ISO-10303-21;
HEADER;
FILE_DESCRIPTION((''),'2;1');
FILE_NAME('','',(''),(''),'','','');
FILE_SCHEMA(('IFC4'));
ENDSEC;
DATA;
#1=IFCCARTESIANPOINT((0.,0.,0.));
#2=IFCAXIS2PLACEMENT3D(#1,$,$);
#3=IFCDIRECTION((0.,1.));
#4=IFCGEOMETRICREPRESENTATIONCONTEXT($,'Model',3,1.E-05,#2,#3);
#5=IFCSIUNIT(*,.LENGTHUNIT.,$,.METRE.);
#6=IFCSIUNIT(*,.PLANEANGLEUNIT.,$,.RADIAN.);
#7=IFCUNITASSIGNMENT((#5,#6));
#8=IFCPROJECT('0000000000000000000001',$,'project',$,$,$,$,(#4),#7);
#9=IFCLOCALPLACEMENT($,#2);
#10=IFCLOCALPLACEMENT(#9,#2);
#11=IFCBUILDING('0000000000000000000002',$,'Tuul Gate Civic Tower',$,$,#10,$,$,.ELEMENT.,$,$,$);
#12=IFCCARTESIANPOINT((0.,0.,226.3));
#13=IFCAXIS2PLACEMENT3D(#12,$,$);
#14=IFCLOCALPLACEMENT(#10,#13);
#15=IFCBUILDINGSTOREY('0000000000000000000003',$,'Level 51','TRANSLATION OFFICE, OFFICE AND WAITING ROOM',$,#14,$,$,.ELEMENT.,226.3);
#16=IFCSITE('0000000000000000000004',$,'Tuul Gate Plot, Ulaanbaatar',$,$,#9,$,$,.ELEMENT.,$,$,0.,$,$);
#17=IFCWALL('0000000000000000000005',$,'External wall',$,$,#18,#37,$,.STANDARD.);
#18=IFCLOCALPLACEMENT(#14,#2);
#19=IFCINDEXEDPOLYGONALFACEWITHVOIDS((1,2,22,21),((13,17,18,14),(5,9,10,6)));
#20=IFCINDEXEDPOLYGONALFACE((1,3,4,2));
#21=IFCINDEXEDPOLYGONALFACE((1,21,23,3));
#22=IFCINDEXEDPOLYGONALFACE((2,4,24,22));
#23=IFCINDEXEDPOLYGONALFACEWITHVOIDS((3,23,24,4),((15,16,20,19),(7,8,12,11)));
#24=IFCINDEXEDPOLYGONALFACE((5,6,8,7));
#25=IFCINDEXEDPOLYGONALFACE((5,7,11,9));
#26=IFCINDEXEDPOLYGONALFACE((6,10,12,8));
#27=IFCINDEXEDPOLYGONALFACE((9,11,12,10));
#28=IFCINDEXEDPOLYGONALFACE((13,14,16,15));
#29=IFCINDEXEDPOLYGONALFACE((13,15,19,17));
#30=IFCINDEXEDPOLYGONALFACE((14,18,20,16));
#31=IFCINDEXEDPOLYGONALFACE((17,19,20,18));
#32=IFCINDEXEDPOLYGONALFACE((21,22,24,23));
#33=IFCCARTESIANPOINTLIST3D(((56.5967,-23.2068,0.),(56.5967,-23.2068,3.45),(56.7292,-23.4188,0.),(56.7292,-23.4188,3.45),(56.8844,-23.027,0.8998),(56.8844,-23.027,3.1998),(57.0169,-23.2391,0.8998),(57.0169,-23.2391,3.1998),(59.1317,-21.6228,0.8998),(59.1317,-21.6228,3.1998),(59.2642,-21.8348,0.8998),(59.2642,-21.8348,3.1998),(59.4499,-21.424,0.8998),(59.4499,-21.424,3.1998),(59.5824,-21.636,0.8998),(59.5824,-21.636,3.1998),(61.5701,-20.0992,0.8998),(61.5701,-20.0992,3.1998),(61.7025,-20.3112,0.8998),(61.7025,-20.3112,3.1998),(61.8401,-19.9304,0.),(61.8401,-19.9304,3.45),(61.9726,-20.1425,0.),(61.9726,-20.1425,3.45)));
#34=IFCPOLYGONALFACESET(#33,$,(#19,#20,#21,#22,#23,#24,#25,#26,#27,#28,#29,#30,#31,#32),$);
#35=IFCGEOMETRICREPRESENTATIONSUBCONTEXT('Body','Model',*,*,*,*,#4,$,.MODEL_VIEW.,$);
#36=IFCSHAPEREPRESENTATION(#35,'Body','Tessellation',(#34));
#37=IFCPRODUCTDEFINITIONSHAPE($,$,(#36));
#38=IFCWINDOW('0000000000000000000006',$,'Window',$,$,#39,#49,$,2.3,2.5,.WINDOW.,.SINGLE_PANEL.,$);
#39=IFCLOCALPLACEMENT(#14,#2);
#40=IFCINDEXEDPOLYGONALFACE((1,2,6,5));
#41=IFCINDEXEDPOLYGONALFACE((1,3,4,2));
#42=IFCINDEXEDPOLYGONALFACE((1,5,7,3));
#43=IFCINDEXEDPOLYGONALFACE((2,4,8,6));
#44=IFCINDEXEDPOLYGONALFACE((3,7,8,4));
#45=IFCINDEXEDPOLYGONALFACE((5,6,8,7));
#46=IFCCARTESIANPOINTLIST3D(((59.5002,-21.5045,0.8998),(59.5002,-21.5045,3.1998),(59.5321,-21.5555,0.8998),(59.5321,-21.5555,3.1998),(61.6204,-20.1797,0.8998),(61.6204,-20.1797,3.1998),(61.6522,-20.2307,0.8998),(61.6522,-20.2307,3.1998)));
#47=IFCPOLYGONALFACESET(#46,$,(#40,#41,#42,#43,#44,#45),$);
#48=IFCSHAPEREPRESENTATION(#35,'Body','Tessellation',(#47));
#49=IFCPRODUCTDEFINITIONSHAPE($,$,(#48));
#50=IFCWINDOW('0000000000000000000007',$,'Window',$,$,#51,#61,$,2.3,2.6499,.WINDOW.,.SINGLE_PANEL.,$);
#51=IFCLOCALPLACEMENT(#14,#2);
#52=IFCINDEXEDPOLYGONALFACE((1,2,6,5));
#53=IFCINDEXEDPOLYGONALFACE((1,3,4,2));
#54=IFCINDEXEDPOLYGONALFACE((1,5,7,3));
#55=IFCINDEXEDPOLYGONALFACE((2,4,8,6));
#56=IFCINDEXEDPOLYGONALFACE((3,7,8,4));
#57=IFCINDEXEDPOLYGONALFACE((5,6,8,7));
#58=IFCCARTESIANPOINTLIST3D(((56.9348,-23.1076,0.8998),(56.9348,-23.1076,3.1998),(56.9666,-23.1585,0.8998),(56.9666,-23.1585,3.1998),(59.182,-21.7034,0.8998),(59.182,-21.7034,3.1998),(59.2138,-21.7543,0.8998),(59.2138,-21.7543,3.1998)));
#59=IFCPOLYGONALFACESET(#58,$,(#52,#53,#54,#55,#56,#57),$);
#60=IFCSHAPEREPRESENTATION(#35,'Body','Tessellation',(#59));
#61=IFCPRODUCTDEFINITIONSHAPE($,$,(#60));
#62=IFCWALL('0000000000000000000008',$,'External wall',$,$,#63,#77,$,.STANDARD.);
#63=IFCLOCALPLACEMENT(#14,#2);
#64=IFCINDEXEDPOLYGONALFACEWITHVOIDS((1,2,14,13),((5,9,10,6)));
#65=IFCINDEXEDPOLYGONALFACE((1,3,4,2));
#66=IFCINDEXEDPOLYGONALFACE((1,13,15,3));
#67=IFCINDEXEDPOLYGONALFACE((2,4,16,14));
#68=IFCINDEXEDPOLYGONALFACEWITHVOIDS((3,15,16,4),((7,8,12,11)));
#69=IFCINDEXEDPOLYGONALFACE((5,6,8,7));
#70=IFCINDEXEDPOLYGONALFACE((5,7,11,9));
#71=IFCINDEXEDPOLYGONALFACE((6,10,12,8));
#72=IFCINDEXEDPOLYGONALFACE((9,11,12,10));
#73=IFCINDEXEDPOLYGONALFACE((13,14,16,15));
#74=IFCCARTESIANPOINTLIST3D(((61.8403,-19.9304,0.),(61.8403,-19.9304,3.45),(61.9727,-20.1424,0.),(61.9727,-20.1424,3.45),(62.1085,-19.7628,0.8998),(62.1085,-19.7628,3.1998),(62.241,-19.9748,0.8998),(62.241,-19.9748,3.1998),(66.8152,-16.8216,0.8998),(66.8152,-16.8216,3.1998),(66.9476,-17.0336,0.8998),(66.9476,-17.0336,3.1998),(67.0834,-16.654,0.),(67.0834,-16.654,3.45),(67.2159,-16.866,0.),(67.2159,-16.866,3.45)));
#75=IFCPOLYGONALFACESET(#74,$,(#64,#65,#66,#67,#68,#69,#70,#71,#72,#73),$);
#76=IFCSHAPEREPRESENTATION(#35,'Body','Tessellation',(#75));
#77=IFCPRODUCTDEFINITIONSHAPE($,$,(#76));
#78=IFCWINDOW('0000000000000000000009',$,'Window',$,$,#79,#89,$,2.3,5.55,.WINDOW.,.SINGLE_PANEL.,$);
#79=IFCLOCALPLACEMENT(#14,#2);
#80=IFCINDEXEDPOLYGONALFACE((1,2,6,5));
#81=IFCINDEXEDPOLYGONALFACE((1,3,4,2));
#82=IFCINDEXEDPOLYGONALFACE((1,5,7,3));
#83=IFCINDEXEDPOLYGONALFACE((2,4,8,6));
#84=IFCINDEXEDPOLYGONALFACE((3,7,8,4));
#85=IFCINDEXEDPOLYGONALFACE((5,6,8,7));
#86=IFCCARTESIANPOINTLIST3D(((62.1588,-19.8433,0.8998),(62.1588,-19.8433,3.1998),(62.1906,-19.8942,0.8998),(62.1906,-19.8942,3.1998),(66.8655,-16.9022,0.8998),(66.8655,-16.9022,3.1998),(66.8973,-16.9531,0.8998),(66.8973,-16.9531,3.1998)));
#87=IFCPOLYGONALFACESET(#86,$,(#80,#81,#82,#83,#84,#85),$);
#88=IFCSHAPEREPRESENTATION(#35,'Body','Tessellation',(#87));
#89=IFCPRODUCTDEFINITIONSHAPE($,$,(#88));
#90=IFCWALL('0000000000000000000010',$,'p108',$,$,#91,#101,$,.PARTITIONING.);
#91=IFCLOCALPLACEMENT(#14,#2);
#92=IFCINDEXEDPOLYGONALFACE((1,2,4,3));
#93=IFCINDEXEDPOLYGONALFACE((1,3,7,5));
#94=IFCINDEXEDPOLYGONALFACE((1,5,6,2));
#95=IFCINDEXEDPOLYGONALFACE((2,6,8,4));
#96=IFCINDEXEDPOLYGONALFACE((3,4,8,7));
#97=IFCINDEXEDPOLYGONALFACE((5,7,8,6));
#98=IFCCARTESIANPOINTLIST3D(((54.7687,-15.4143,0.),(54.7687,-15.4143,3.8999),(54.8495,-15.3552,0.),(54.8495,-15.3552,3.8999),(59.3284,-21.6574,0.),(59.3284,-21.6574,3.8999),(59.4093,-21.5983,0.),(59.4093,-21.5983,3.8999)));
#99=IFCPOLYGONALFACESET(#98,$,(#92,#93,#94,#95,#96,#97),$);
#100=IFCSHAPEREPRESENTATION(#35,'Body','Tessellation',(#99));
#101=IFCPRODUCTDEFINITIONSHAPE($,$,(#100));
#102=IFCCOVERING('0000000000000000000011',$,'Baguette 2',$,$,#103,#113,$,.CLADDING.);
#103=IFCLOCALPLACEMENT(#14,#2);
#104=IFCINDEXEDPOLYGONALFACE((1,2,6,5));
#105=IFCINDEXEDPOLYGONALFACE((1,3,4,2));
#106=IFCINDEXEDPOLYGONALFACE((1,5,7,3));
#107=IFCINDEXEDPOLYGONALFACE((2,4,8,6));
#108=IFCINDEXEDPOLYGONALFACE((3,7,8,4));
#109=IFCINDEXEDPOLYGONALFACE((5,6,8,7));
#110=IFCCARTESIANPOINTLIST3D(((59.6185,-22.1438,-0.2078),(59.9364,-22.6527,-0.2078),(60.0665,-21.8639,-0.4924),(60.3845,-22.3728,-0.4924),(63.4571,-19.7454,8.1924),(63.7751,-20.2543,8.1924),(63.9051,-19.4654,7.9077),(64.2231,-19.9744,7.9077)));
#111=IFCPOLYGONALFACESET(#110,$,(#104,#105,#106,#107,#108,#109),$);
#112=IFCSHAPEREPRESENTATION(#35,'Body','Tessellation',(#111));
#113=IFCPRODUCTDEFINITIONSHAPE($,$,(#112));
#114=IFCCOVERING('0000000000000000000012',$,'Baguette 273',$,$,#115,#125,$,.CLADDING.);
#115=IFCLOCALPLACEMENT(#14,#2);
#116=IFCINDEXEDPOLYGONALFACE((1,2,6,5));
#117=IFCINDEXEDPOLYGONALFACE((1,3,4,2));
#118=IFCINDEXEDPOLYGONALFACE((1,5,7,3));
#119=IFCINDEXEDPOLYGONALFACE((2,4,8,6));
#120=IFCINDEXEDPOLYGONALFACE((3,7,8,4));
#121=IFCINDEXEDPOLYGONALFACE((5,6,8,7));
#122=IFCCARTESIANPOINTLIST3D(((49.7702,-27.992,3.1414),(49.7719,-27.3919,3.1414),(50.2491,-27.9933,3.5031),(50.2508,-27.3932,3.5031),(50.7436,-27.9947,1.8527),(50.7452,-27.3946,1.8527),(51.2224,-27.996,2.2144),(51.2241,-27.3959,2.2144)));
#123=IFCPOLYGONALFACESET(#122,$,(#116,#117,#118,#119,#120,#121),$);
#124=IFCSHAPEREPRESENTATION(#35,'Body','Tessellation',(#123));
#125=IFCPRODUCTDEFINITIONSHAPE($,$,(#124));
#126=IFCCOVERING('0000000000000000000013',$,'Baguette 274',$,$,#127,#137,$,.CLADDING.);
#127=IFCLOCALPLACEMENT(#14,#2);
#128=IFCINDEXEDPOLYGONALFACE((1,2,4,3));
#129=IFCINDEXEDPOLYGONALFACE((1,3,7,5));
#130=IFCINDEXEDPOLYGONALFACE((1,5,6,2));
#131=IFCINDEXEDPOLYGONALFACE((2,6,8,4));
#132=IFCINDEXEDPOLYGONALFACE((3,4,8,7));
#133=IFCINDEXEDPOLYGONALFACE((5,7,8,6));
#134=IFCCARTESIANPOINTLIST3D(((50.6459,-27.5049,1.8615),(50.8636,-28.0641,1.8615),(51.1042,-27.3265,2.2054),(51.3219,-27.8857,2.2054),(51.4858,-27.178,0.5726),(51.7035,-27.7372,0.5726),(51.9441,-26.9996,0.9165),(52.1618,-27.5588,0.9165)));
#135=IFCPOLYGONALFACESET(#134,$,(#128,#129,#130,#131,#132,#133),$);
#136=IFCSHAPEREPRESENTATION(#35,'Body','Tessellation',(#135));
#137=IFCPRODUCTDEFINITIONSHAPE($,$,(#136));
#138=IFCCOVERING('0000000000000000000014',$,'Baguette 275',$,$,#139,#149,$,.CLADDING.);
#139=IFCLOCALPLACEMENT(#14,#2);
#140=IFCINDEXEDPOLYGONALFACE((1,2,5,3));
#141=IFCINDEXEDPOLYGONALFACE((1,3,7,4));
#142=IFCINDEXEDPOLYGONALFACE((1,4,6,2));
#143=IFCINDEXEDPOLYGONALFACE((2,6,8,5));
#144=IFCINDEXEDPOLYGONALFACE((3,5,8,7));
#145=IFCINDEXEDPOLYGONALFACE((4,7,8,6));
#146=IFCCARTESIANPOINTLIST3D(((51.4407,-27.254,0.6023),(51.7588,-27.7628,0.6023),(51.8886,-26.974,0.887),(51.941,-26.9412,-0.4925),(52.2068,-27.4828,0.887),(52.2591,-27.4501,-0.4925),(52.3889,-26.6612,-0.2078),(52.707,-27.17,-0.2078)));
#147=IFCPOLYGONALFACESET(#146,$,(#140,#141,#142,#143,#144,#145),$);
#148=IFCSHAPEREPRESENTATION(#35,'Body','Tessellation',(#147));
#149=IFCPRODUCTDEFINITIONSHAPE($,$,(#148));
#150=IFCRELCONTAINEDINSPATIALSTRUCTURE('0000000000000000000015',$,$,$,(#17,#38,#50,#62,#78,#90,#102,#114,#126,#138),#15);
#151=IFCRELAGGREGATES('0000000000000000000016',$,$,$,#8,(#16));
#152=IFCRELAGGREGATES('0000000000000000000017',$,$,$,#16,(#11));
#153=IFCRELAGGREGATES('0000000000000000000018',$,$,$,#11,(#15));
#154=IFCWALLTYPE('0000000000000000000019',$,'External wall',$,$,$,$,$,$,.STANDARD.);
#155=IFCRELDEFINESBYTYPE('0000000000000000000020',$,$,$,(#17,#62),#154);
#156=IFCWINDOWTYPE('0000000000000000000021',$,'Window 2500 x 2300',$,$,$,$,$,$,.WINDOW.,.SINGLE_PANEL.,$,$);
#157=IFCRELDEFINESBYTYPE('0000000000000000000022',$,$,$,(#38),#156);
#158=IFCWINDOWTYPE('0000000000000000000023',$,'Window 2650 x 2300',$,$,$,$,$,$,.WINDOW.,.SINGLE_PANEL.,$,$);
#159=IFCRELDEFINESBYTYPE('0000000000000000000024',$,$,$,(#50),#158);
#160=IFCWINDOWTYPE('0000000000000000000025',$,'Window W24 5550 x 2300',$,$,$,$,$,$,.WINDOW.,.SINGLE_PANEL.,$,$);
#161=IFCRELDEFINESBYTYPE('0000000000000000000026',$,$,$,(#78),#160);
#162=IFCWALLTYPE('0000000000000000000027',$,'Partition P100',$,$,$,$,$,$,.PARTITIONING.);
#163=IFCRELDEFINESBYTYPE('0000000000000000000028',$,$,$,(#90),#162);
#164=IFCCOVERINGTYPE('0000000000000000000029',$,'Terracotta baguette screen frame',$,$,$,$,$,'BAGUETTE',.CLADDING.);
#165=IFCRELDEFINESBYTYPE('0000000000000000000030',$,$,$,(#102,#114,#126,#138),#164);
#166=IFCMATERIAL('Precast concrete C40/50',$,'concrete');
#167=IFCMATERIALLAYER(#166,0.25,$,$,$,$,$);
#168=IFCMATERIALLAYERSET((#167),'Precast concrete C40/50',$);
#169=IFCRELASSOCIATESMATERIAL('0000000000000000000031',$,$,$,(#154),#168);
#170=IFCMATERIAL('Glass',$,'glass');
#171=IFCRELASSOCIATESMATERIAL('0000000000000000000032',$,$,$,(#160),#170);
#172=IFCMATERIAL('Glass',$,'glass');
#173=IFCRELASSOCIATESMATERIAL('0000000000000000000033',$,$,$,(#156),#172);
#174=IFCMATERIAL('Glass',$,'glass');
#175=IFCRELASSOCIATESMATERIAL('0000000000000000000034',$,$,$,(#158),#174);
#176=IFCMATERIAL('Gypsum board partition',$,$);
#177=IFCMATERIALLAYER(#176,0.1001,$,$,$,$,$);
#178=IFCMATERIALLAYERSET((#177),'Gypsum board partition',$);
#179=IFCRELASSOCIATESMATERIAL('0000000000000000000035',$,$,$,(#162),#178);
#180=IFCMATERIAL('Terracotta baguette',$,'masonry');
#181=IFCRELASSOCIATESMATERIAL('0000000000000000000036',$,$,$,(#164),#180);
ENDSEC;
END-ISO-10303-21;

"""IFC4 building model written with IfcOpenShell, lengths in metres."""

from ifc_helpers import new_model, si_unit, direction, frame, frame_2d, origin, origin_2d, place, context, subcontext, project, spatial, rectangle, extrude, material, layer, layer_set, material_profile, profile_set, type_object, element, fill, save


model = new_model("IFC4")

# Units and contexts
model_context = context("Model", 3, precision=1e-05, world=origin(), true_north=direction((0.0, 1.0)))
body_context = subcontext(model_context, "Body", "Model", "MODEL_VIEW")
ifc_project = project(units=[si_unit("LENGTHUNIT", "METRE"), si_unit("PLANEANGLEUNIT", "RADIAN")], contexts=[model_context])

# Site, building, storey
site_placement = place(None, origin())
site = spatial("IfcSite", under=ifc_project, at=site_placement, Name="Tuul Gate Plot, Ulaanbaatar", CompositionType="ELEMENT", RefElevation=0.0)
building_placement = place(site_placement, origin())
building = spatial("IfcBuilding", under=site, at=building_placement, Name="Tuul Gate Civic Tower", CompositionType="ELEMENT")
storey_placement = place(building_placement, frame((0.0, 0.0, 226.3)))
storey = spatial("IfcBuildingStorey", under=building, at=storey_placement, Name="Level 51", Description="TRANSLATION OFFICE, OFFICE AND WAITING ROOM", CompositionType="ELEMENT", Elevation=226.3)

# Shared definitions
ifc_material_1 = material(Name="Precast concrete C40/50", Category="concrete")
ifc_layer_1 = layer(ifc_material_1, 0.25)
ifc_layer_set_1 = layer_set([ifc_layer_1], Name="Precast concrete C40/50")
wall_type_1 = type_object("IfcWallType", Name="External wall", PredefinedType="STANDARD", material=ifc_layer_set_1)

# Shared definitions
ifc_material_2 = material(Name="Glass", Category="glass")
window_type_1 = type_object("IfcWindowType", Name="Window W24 5550 x 2300", PartitioningType="SINGLE_PANEL", PredefinedType="WINDOW", material=ifc_material_2)

# Wall, openings, windows
wall_1_placement = place(storey_placement, frame((56.6631, -23.3127, 0.0), z_axis=(0.0, 0.0, 1.0), x_axis=(0.848054, 0.52991, 0.0)))
wall_1 = element("IfcWall", 1, at=wall_1_placement, inside=storey, type_object=wall_type_1, Name="External wall", PredefinedType="STANDARD", context=body_context, shape_type="SweptSolid", body=[
    extrude(rectangle(XDim=6.1829, YDim=0.25, at=frame_2d((3.0913, 0.0))), origin(), (0.0, 0.0, 1.0), 3.45),
])
opening_1_placement = place(wall_1_placement, frame((0.3391, 0.0, 0.8999)))
opening_1 = element("IfcOpeningElement", 2, at=opening_1_placement, cuts=wall_1, PredefinedType="OPENING", context=body_context, shape_type="SweptSolid", body=[
    extrude(rectangle(XDim=2.6499, YDim=2.3, at=frame_2d((1.325, 1.1499))), frame((0.0, 0.135, 0.0), z_axis=(0.0, -1.0, 0.0), x_axis=(1.0, 0.0, 0.0)), (0.0, 0.0, 1.0), 0.27),
])
opening_2_placement = place(wall_1_placement, frame((3.3643, 0.0, 0.8999)))
opening_2 = element("IfcOpeningElement", 3, at=opening_2_placement, cuts=wall_1, PredefinedType="OPENING", context=body_context, shape_type="SweptSolid", body=[
    extrude(rectangle(XDim=2.5, YDim=2.3, at=frame_2d((1.25, 1.1499))), frame((0.0, 0.135, 0.0), z_axis=(0.0, -1.0, 0.0), x_axis=(1.0, 0.0, 0.0)), (0.0, 0.0, 1.0), 0.27),
])
ifc_material_3 = material(Name="Glass", Category="glass")
window_type_2 = type_object("IfcWindowType", Name="Window 2500 x 2300", PartitioningType="SINGLE_PANEL", PredefinedType="WINDOW", material=ifc_material_3)
window_1_placement = place(opening_2_placement, origin())
window_1 = element("IfcWindow", 4, at=window_1_placement, inside=storey, type_object=window_type_2, Name="Window", OverallHeight=2.3, OverallWidth=2.5, PartitioningType="SINGLE_PANEL", PredefinedType="WINDOW", context=body_context, shape_type="SweptSolid", body=[
    extrude(rectangle(XDim=2.5, YDim=2.3, at=frame_2d((1.25, 1.1499))), frame((0.0, 0.03, 0.0), z_axis=(0.0, -1.0, 0.0), x_axis=(1.0, 0.0, 0.0)), (0.0, 0.0, 1.0), 0.0601),
])
fill(opening_2, window_1)
ifc_material_4 = material(Name="Glass", Category="glass")
window_type_3 = type_object("IfcWindowType", Name="Window 2650 x 2300", PartitioningType="SINGLE_PANEL", PredefinedType="WINDOW", material=ifc_material_4)
window_2_placement = place(opening_1_placement, origin())
window_2 = element("IfcWindow", 5, at=window_2_placement, inside=storey, type_object=window_type_3, Name="Window", OverallHeight=2.3, OverallWidth=2.6499, PartitioningType="SINGLE_PANEL", PredefinedType="WINDOW", context=body_context, shape_type="SweptSolid", body=[
    extrude(rectangle(XDim=2.6499, YDim=2.3, at=frame_2d((1.325, 1.1499))), frame((0.0, 0.03, 0.0), z_axis=(0.0, -1.0, 0.0), x_axis=(1.0, 0.0, 0.0)), (0.0, 0.0, 1.0), 0.0601),
])
fill(opening_1, window_2)

# Wall, opening, window
wall_2_placement = place(storey_placement, frame((61.9065, -20.0364, 0.0), z_axis=(0.0, 0.0, 1.0), x_axis=(0.848043, 0.529928, 0.0)))
wall_2 = element("IfcWall", 6, at=wall_2_placement, inside=storey, type_object=wall_type_1, Name="External wall", PredefinedType="STANDARD", context=body_context, shape_type="SweptSolid", body=[
    extrude(rectangle(XDim=6.1826, YDim=0.25, at=frame_2d((3.0913, 0.0))), origin(), (0.0, 0.0, 1.0), 3.45),
])
opening_3_placement = place(wall_2_placement, frame((0.3164, 0.0, 0.8999)))
opening_3 = element("IfcOpeningElement", 7, at=opening_3_placement, cuts=wall_2, PredefinedType="OPENING", context=body_context, shape_type="SweptSolid", body=[
    extrude(rectangle(XDim=5.55, YDim=2.3, at=frame_2d((2.7749, 1.1499))), frame((0.0, 0.135, 0.0), z_axis=(0.0, -1.0, 0.0), x_axis=(1.0, 0.0, 0.0)), (0.0, 0.0, 1.0), 0.27),
])
window_3_placement = place(opening_3_placement, origin())
window_3 = element("IfcWindow", 8, at=window_3_placement, inside=storey, type_object=window_type_1, Name="Window", OverallHeight=2.3, OverallWidth=5.55, PartitioningType="SINGLE_PANEL", PredefinedType="WINDOW", context=body_context, shape_type="SweptSolid", body=[
    extrude(rectangle(XDim=5.55, YDim=2.3, at=frame_2d((2.7749, 1.1499))), frame((0.0, 0.03, 0.0), z_axis=(0.0, -1.0, 0.0), x_axis=(1.0, 0.0, 0.0)), (0.0, 0.0, 1.0), 0.0601),
])
fill(opening_3, window_3)

# Wall
ifc_material_5 = material(Name="Gypsum board partition")
ifc_layer_2 = layer(ifc_material_5, 0.1001)
ifc_layer_set_2 = layer_set([ifc_layer_2], Name="Gypsum board partition")
wall_type_2 = type_object("IfcWallType", Name="Partition P100", PredefinedType="PARTITIONING", material=ifc_layer_set_2)
wall_3_placement = place(storey_placement, frame((54.8091, -15.3848, 0.0), z_axis=(0.0, 0.0, 1.0), x_axis=(0.589806, -0.807545, 0.0)))
element("IfcWall", 9, at=wall_3_placement, inside=storey, type_object=wall_type_2, Name="p108", PredefinedType="PARTITIONING", context=body_context, shape_type="SweptSolid", body=[
    extrude(rectangle(XDim=7.731, YDim=0.1001, at=frame_2d((3.8655, 0.0))), origin(), (0.0, 0.0, 1.0), 3.8999),
])

# Coverings
ifc_material_6 = material(Name="Terracotta baguette", Category="masonry")
ifc_material_profile_1 = material_profile(ifc_material_6, rectangle(XDim=0.6001, YDim=0.6001, at=origin_2d()), Name="Terracotta baguette screen frame")
ifc_profile_set_1 = profile_set([ifc_material_profile_1], Name="Terracotta baguette")
covering_type = type_object("IfcCoveringType", Name="Terracotta baguette screen frame", ElementType="BAGUETTE", PredefinedType="CLADDING", material=ifc_profile_set_1)
covering_1_placement = place(storey_placement, frame((60.0015, -22.2583, -0.3501), z_axis=(0.402287, 0.251356, 0.880333), x_axis=(-0.529887, 0.848068, 0.0)))
element("IfcCovering", 10, at=covering_1_placement, inside=storey, type_object=covering_type, Name="Baguette 2", PredefinedType="CLADDING", context=body_context, shape_type="SweptSolid", body=[
    extrude(rectangle(XDim=0.6001, YDim=0.6001, at=origin_2d()), origin(), (0.0, 0.0, 1.0), 9.542),
])
covering_2_placement = place(storey_placement, frame((50.0105, -27.6926, 3.3223), z_axis=(0.60268, -0.001663, -0.797981), x_axis=(0.002759, 0.999996, 0.0)))
element("IfcCovering", 11, at=covering_2_placement, inside=storey, type_object=covering_type, Name="Baguette 273", PredefinedType="CLADDING", context=body_context, shape_type="SweptSolid", body=[
    extrude(rectangle(XDim=0.6001, YDim=0.6001, at=origin_2d()), origin(), (0.0, 0.0, 1.0), 1.615),
])
covering_3_placement = place(storey_placement, frame((50.9839, -27.6953, 2.0334), z_axis=(0.534028, 0.207867, -0.819515), x_axis=(-0.362734, 0.931893, 0.0)))
element("IfcCovering", 12, at=covering_3_placement, inside=storey, type_object=covering_type, Name="Baguette 274", PredefinedType="CLADDING", context=body_context, shape_type="SweptSolid", body=[
    extrude(rectangle(XDim=0.6001, YDim=0.6001, at=origin_2d()), origin(), (0.0, 0.0, 1.0), 1.5728),
])
covering_4_placement = place(storey_placement, frame((51.8237, -27.3684, 0.7446), z_axis=(0.402263, 0.251488, -0.880306), x_axis=(-0.530111, 0.847929, 0.0)))
element("IfcCovering", 13, at=covering_4_placement, inside=storey, type_object=covering_type, Name="Baguette 275", PredefinedType="CLADDING", context=body_context, shape_type="SweptSolid", body=[
    extrude(rectangle(XDim=0.6001, YDim=0.6001, at=origin_2d()), origin(), (0.0, 0.0, 1.0), 1.2437),
])

save(model, "model.ifc")
